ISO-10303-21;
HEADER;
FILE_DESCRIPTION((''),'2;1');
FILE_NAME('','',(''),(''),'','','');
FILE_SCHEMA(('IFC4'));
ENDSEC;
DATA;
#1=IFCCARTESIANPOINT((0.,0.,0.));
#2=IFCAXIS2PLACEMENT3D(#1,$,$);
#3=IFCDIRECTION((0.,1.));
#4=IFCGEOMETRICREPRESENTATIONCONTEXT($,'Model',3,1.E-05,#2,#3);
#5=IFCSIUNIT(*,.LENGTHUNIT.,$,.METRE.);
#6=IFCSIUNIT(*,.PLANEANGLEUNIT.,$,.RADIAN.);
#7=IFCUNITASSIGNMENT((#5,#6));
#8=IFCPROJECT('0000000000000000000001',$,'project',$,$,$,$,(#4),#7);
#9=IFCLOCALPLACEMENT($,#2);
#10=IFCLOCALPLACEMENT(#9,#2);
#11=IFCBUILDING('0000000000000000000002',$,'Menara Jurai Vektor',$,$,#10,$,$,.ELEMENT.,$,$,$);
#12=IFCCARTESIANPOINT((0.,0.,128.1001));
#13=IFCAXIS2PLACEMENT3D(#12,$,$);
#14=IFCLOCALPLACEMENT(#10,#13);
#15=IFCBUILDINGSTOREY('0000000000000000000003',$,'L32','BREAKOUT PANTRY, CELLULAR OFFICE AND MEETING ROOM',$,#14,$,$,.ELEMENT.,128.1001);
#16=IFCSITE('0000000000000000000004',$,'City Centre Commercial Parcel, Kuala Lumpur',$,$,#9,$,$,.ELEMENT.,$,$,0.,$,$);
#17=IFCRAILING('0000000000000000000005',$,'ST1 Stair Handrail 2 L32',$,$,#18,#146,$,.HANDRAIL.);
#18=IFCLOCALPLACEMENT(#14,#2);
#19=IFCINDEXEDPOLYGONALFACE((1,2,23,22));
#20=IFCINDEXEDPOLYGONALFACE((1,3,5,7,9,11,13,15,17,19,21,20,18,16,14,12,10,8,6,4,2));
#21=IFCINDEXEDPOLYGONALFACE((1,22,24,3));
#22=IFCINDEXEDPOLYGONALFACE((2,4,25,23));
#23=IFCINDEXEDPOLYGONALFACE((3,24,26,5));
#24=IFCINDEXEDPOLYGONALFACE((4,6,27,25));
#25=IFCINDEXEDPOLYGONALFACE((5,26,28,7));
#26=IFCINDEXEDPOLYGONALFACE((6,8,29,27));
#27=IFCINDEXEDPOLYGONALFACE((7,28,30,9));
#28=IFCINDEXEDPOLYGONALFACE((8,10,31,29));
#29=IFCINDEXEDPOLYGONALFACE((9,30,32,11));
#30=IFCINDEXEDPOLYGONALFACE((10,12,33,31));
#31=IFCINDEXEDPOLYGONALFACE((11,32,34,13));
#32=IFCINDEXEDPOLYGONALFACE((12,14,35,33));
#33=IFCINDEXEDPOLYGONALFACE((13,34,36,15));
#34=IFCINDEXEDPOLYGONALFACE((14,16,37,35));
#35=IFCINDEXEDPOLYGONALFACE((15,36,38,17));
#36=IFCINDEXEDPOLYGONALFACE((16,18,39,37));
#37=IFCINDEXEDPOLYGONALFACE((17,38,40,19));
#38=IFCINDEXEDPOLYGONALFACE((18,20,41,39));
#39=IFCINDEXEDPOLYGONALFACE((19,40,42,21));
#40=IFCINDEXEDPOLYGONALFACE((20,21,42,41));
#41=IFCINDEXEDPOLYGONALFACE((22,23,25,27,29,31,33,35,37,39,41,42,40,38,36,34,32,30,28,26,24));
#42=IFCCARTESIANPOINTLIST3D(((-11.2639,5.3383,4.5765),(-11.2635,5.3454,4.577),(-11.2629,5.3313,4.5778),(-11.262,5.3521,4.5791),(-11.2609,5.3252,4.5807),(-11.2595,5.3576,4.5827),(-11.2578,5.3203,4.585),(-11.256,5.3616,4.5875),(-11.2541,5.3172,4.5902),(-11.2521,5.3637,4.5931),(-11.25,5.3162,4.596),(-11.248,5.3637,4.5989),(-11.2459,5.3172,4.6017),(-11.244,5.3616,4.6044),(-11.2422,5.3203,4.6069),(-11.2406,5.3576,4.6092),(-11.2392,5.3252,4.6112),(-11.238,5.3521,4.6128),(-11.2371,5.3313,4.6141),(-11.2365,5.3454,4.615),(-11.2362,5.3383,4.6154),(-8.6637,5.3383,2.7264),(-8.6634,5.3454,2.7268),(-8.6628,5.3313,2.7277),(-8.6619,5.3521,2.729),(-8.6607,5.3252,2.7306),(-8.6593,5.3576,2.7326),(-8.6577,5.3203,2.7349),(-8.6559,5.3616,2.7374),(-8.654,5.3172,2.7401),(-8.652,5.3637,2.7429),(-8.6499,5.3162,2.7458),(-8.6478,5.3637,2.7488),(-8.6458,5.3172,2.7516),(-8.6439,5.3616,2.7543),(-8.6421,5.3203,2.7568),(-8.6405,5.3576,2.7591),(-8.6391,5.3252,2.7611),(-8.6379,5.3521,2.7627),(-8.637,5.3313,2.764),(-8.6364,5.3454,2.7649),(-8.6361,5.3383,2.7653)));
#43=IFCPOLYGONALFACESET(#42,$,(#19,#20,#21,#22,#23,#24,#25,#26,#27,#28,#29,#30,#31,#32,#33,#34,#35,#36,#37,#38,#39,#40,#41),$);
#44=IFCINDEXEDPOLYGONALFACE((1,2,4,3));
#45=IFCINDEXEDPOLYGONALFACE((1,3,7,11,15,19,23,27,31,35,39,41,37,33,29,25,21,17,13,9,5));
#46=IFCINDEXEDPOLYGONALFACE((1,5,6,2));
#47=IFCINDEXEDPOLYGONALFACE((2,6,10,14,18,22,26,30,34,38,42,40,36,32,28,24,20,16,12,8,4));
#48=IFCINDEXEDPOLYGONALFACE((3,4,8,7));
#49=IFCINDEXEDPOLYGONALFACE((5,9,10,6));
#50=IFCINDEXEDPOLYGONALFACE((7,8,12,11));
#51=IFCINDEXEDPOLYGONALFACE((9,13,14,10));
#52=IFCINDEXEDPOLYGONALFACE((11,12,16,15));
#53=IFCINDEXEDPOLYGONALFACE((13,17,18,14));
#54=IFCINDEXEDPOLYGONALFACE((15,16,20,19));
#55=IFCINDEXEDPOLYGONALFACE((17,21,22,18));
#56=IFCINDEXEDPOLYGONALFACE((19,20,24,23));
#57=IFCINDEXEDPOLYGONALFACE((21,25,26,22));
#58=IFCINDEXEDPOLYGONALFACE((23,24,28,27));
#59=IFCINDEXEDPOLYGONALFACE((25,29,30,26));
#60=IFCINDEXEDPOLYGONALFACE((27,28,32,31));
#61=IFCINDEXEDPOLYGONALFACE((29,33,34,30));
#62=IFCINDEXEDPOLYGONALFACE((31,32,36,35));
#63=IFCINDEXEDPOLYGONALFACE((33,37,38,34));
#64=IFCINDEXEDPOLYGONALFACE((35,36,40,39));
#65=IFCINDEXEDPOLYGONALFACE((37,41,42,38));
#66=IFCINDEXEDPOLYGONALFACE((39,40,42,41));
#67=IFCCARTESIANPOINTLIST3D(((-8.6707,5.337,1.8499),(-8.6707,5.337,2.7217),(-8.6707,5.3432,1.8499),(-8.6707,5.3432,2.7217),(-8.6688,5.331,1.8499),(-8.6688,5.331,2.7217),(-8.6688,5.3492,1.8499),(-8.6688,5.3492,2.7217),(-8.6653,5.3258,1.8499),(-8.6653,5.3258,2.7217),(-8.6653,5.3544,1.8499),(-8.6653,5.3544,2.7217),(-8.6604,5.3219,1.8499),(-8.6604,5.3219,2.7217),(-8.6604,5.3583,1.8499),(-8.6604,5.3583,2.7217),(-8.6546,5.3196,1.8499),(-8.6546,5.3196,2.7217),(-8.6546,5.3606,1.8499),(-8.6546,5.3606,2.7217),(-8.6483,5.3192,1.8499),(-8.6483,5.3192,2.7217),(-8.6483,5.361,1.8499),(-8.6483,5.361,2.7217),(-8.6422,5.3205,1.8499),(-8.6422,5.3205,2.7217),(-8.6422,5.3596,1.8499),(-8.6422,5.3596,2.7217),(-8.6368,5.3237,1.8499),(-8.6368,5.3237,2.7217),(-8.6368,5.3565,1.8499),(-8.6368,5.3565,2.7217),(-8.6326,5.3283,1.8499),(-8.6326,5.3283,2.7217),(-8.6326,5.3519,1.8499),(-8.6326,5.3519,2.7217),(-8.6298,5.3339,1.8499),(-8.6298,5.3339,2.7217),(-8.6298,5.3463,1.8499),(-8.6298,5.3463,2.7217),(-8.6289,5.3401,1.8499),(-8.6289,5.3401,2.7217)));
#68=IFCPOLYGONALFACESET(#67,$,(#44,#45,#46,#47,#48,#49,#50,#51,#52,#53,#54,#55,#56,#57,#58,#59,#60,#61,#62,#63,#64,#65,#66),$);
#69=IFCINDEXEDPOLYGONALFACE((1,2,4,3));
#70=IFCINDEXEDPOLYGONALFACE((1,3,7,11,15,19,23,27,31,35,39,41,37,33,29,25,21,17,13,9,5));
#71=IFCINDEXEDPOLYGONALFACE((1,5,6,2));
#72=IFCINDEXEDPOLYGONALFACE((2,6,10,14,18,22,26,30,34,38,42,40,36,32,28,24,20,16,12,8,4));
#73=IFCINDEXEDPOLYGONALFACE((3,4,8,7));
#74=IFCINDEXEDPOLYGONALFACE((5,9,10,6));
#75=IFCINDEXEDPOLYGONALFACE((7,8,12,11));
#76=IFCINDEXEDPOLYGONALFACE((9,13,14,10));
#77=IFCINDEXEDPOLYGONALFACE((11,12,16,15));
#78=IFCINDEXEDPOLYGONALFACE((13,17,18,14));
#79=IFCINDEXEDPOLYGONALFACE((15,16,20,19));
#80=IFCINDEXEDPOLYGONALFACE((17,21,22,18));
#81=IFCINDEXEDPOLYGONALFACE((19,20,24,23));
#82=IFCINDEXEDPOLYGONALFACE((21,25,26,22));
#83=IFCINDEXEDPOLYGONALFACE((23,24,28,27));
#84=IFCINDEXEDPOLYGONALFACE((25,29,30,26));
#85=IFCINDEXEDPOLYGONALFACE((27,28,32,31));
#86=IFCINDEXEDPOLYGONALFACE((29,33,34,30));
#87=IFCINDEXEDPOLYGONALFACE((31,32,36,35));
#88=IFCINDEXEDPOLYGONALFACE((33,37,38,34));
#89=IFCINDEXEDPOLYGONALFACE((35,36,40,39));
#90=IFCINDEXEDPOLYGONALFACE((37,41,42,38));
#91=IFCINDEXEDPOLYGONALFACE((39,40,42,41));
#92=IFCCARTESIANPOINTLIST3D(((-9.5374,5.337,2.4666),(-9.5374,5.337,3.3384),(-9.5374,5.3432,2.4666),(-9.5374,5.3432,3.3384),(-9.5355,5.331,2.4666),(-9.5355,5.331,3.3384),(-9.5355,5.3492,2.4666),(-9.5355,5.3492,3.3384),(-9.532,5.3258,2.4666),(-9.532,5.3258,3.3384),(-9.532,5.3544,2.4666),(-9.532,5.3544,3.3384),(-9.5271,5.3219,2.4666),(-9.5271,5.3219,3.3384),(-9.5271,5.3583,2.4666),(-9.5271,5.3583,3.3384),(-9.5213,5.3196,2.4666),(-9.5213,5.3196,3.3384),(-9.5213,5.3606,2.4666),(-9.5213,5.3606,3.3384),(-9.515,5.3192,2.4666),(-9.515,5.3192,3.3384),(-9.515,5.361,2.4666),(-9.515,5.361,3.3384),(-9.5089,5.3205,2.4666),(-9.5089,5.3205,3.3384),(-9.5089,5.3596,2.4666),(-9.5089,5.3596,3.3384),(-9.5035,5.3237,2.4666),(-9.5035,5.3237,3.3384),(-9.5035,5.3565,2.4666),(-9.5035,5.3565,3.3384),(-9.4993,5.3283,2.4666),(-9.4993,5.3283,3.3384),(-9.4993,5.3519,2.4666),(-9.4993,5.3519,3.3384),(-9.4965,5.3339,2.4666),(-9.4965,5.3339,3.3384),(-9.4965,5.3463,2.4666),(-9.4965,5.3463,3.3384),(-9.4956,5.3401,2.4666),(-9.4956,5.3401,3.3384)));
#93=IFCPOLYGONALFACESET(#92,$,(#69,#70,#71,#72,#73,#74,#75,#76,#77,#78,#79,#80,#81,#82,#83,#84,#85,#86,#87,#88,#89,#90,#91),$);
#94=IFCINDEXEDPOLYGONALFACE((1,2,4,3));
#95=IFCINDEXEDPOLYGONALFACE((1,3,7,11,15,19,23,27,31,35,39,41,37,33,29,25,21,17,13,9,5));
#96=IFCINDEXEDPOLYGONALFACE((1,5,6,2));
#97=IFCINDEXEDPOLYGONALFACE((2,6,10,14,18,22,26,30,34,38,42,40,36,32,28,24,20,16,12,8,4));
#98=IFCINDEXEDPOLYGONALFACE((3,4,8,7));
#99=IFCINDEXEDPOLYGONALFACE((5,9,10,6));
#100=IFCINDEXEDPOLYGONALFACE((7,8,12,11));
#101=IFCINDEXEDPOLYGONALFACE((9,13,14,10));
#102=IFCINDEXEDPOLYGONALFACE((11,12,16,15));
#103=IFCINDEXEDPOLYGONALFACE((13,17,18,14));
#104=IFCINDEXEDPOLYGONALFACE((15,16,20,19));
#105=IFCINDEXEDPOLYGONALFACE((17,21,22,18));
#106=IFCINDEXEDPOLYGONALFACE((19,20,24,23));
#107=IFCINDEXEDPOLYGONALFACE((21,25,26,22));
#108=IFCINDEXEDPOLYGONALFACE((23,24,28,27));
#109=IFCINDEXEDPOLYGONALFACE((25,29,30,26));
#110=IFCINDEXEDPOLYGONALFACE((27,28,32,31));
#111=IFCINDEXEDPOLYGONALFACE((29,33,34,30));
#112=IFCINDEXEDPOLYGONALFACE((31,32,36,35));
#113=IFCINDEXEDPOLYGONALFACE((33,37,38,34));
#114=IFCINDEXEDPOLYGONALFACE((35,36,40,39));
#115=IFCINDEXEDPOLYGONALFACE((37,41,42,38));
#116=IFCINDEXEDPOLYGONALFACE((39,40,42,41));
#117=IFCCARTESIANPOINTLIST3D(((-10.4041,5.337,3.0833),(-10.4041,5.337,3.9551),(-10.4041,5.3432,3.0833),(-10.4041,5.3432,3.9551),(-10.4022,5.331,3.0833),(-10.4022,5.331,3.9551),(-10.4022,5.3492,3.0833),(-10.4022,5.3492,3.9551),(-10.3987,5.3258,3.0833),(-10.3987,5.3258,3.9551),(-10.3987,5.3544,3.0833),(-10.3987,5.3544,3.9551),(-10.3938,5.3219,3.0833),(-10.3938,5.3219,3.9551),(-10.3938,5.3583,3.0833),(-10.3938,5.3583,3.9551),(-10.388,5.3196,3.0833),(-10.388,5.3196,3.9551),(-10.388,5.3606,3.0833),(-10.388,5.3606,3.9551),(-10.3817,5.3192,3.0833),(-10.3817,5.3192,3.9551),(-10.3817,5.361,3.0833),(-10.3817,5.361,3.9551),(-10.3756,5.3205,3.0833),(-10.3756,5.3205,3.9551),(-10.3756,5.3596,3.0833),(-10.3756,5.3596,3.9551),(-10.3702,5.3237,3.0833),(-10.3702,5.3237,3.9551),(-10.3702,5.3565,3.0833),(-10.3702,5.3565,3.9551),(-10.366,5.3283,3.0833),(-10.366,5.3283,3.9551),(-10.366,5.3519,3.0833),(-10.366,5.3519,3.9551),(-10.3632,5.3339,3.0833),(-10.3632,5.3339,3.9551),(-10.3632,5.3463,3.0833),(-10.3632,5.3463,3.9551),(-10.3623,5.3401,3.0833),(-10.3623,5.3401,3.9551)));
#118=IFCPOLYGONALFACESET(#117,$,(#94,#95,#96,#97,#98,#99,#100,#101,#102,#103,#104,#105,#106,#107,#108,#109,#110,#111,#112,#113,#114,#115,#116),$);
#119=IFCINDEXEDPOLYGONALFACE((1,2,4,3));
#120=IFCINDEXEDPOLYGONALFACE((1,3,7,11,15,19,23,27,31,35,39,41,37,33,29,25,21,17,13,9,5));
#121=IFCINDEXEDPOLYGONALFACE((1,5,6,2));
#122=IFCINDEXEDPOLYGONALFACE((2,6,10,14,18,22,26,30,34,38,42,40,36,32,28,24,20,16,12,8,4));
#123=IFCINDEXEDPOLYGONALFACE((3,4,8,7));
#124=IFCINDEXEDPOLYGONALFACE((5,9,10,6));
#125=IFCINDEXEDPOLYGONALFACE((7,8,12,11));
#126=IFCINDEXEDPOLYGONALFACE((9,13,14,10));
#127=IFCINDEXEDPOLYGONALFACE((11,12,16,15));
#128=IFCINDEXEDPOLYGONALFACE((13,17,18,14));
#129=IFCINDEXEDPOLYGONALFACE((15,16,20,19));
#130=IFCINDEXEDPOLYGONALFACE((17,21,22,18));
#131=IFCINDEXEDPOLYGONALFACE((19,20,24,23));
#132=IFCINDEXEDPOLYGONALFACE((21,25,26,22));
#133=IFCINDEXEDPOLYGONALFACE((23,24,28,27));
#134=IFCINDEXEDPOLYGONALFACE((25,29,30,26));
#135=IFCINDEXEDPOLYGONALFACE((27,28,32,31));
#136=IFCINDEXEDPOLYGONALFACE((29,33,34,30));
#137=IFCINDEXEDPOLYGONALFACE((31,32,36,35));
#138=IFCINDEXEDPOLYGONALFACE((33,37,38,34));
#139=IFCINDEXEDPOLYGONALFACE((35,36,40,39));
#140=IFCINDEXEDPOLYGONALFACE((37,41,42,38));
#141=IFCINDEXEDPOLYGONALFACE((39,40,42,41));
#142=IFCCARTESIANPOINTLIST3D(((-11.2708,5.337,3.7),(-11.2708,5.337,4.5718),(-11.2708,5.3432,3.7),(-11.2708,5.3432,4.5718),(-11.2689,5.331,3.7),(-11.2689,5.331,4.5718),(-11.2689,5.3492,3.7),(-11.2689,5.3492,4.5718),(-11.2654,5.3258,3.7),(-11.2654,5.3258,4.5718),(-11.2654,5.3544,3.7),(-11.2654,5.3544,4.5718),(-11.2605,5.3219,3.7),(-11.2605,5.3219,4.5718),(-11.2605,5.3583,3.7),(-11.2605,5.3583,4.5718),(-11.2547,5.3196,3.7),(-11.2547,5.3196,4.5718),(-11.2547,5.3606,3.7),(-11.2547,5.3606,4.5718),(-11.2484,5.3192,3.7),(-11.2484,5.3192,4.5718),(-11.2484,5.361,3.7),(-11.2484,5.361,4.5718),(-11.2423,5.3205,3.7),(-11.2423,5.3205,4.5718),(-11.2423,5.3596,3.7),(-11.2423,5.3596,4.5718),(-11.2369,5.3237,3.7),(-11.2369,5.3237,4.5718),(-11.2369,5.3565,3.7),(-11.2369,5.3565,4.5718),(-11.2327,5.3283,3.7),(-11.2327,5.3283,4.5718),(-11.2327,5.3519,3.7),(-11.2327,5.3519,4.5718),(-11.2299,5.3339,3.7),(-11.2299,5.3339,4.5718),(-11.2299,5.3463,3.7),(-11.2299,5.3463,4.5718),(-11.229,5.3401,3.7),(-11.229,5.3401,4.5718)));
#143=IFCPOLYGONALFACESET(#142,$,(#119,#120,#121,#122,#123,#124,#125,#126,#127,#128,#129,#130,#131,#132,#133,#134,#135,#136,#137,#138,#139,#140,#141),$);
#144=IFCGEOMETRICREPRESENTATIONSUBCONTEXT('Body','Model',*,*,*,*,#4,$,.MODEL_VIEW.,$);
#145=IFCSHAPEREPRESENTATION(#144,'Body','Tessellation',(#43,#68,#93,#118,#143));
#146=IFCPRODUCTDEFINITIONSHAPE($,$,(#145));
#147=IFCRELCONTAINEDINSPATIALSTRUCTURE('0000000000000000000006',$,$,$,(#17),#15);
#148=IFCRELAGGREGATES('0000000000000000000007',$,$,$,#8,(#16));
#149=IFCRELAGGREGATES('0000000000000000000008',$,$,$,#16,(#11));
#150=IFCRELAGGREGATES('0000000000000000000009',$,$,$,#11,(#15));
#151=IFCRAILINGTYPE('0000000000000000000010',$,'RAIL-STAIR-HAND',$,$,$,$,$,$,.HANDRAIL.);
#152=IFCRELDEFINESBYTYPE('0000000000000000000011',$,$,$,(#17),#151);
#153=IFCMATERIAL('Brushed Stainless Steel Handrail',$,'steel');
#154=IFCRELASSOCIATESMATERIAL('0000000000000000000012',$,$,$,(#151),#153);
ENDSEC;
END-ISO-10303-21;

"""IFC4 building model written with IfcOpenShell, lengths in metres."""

from ifc_helpers import new_model, si_unit, direction, frame, origin, origin_2d, place, context, subcontext, project, spatial, circle, extrude, material, type_object, element, save


model = new_model("IFC4")

# Units and contexts
model_context = context("Model", 3, precision=1e-05, world=origin(), true_north=direction((0.0, 1.0)))
body_context = subcontext(model_context, "Body", "Model", "MODEL_VIEW")
ifc_project = project(units=[si_unit("LENGTHUNIT", "METRE"), si_unit("PLANEANGLEUNIT", "RADIAN")], contexts=[model_context])

# Site, building, storey
site_placement = place(None, origin())
site = spatial("IfcSite", under=ifc_project, at=site_placement, Name="City Centre Commercial Parcel, Kuala Lumpur", CompositionType="ELEMENT", RefElevation=0.0)
building_placement = place(site_placement, origin())
building = spatial("IfcBuilding", under=site, at=building_placement, Name="Menara Jurai Vektor", CompositionType="ELEMENT")
storey_placement = place(building_placement, frame((0.0, 0.0, 128.1001)))
storey = spatial("IfcBuildingStorey", under=building, at=storey_placement, Name="L32", Description="BREAKOUT PANTRY, CELLULAR OFFICE AND MEETING ROOM", CompositionType="ELEMENT", Elevation=128.1001)

# Railing
ifc_material_1 = material(Name="Brushed Stainless Steel Handrail", Category="steel")
railing_type_1 = type_object("IfcRailingType", Name="RAIL-STAIR-HAND", PredefinedType="HANDRAIL", material=ifc_material_1)
railing_1_placement = place(storey_placement, frame((-8.6499, 5.3401, 1.8499)))
element("IfcRailing", 1, at=railing_1_placement, inside=storey, type_object=railing_type_1, Name="ST1 Stair Handrail 2 L32", PredefinedType="HANDRAIL", context=body_context, shape_type="SweptSolid", body=[
    extrude(circle(Radius=0.0239, at=origin_2d()), frame((0.0, 0.0, 0.896), z_axis=(-0.814787, 0.0, 0.579761), x_axis=(0.0, -1.0, 0.0)), (0.0, 0.0, 1.0), 3.1912),
    extrude(circle(Radius=0.021, at=origin_2d()), origin(), (0.0, 0.0, 1.0), 0.8718),
    extrude(circle(Radius=0.021, at=origin_2d()), frame((-0.8667, 0.0, 0.6167)), (0.0, 0.0, 1.0), 0.8718),
    extrude(circle(Radius=0.021, at=origin_2d()), frame((-1.7334, 0.0, 1.2334)), (0.0, 0.0, 1.0), 0.8718),
    extrude(circle(Radius=0.021, at=origin_2d()), frame((-2.6001, 0.0, 1.8501)), (0.0, 0.0, 1.0), 0.8718),
])

save(model, "model.ifc")
